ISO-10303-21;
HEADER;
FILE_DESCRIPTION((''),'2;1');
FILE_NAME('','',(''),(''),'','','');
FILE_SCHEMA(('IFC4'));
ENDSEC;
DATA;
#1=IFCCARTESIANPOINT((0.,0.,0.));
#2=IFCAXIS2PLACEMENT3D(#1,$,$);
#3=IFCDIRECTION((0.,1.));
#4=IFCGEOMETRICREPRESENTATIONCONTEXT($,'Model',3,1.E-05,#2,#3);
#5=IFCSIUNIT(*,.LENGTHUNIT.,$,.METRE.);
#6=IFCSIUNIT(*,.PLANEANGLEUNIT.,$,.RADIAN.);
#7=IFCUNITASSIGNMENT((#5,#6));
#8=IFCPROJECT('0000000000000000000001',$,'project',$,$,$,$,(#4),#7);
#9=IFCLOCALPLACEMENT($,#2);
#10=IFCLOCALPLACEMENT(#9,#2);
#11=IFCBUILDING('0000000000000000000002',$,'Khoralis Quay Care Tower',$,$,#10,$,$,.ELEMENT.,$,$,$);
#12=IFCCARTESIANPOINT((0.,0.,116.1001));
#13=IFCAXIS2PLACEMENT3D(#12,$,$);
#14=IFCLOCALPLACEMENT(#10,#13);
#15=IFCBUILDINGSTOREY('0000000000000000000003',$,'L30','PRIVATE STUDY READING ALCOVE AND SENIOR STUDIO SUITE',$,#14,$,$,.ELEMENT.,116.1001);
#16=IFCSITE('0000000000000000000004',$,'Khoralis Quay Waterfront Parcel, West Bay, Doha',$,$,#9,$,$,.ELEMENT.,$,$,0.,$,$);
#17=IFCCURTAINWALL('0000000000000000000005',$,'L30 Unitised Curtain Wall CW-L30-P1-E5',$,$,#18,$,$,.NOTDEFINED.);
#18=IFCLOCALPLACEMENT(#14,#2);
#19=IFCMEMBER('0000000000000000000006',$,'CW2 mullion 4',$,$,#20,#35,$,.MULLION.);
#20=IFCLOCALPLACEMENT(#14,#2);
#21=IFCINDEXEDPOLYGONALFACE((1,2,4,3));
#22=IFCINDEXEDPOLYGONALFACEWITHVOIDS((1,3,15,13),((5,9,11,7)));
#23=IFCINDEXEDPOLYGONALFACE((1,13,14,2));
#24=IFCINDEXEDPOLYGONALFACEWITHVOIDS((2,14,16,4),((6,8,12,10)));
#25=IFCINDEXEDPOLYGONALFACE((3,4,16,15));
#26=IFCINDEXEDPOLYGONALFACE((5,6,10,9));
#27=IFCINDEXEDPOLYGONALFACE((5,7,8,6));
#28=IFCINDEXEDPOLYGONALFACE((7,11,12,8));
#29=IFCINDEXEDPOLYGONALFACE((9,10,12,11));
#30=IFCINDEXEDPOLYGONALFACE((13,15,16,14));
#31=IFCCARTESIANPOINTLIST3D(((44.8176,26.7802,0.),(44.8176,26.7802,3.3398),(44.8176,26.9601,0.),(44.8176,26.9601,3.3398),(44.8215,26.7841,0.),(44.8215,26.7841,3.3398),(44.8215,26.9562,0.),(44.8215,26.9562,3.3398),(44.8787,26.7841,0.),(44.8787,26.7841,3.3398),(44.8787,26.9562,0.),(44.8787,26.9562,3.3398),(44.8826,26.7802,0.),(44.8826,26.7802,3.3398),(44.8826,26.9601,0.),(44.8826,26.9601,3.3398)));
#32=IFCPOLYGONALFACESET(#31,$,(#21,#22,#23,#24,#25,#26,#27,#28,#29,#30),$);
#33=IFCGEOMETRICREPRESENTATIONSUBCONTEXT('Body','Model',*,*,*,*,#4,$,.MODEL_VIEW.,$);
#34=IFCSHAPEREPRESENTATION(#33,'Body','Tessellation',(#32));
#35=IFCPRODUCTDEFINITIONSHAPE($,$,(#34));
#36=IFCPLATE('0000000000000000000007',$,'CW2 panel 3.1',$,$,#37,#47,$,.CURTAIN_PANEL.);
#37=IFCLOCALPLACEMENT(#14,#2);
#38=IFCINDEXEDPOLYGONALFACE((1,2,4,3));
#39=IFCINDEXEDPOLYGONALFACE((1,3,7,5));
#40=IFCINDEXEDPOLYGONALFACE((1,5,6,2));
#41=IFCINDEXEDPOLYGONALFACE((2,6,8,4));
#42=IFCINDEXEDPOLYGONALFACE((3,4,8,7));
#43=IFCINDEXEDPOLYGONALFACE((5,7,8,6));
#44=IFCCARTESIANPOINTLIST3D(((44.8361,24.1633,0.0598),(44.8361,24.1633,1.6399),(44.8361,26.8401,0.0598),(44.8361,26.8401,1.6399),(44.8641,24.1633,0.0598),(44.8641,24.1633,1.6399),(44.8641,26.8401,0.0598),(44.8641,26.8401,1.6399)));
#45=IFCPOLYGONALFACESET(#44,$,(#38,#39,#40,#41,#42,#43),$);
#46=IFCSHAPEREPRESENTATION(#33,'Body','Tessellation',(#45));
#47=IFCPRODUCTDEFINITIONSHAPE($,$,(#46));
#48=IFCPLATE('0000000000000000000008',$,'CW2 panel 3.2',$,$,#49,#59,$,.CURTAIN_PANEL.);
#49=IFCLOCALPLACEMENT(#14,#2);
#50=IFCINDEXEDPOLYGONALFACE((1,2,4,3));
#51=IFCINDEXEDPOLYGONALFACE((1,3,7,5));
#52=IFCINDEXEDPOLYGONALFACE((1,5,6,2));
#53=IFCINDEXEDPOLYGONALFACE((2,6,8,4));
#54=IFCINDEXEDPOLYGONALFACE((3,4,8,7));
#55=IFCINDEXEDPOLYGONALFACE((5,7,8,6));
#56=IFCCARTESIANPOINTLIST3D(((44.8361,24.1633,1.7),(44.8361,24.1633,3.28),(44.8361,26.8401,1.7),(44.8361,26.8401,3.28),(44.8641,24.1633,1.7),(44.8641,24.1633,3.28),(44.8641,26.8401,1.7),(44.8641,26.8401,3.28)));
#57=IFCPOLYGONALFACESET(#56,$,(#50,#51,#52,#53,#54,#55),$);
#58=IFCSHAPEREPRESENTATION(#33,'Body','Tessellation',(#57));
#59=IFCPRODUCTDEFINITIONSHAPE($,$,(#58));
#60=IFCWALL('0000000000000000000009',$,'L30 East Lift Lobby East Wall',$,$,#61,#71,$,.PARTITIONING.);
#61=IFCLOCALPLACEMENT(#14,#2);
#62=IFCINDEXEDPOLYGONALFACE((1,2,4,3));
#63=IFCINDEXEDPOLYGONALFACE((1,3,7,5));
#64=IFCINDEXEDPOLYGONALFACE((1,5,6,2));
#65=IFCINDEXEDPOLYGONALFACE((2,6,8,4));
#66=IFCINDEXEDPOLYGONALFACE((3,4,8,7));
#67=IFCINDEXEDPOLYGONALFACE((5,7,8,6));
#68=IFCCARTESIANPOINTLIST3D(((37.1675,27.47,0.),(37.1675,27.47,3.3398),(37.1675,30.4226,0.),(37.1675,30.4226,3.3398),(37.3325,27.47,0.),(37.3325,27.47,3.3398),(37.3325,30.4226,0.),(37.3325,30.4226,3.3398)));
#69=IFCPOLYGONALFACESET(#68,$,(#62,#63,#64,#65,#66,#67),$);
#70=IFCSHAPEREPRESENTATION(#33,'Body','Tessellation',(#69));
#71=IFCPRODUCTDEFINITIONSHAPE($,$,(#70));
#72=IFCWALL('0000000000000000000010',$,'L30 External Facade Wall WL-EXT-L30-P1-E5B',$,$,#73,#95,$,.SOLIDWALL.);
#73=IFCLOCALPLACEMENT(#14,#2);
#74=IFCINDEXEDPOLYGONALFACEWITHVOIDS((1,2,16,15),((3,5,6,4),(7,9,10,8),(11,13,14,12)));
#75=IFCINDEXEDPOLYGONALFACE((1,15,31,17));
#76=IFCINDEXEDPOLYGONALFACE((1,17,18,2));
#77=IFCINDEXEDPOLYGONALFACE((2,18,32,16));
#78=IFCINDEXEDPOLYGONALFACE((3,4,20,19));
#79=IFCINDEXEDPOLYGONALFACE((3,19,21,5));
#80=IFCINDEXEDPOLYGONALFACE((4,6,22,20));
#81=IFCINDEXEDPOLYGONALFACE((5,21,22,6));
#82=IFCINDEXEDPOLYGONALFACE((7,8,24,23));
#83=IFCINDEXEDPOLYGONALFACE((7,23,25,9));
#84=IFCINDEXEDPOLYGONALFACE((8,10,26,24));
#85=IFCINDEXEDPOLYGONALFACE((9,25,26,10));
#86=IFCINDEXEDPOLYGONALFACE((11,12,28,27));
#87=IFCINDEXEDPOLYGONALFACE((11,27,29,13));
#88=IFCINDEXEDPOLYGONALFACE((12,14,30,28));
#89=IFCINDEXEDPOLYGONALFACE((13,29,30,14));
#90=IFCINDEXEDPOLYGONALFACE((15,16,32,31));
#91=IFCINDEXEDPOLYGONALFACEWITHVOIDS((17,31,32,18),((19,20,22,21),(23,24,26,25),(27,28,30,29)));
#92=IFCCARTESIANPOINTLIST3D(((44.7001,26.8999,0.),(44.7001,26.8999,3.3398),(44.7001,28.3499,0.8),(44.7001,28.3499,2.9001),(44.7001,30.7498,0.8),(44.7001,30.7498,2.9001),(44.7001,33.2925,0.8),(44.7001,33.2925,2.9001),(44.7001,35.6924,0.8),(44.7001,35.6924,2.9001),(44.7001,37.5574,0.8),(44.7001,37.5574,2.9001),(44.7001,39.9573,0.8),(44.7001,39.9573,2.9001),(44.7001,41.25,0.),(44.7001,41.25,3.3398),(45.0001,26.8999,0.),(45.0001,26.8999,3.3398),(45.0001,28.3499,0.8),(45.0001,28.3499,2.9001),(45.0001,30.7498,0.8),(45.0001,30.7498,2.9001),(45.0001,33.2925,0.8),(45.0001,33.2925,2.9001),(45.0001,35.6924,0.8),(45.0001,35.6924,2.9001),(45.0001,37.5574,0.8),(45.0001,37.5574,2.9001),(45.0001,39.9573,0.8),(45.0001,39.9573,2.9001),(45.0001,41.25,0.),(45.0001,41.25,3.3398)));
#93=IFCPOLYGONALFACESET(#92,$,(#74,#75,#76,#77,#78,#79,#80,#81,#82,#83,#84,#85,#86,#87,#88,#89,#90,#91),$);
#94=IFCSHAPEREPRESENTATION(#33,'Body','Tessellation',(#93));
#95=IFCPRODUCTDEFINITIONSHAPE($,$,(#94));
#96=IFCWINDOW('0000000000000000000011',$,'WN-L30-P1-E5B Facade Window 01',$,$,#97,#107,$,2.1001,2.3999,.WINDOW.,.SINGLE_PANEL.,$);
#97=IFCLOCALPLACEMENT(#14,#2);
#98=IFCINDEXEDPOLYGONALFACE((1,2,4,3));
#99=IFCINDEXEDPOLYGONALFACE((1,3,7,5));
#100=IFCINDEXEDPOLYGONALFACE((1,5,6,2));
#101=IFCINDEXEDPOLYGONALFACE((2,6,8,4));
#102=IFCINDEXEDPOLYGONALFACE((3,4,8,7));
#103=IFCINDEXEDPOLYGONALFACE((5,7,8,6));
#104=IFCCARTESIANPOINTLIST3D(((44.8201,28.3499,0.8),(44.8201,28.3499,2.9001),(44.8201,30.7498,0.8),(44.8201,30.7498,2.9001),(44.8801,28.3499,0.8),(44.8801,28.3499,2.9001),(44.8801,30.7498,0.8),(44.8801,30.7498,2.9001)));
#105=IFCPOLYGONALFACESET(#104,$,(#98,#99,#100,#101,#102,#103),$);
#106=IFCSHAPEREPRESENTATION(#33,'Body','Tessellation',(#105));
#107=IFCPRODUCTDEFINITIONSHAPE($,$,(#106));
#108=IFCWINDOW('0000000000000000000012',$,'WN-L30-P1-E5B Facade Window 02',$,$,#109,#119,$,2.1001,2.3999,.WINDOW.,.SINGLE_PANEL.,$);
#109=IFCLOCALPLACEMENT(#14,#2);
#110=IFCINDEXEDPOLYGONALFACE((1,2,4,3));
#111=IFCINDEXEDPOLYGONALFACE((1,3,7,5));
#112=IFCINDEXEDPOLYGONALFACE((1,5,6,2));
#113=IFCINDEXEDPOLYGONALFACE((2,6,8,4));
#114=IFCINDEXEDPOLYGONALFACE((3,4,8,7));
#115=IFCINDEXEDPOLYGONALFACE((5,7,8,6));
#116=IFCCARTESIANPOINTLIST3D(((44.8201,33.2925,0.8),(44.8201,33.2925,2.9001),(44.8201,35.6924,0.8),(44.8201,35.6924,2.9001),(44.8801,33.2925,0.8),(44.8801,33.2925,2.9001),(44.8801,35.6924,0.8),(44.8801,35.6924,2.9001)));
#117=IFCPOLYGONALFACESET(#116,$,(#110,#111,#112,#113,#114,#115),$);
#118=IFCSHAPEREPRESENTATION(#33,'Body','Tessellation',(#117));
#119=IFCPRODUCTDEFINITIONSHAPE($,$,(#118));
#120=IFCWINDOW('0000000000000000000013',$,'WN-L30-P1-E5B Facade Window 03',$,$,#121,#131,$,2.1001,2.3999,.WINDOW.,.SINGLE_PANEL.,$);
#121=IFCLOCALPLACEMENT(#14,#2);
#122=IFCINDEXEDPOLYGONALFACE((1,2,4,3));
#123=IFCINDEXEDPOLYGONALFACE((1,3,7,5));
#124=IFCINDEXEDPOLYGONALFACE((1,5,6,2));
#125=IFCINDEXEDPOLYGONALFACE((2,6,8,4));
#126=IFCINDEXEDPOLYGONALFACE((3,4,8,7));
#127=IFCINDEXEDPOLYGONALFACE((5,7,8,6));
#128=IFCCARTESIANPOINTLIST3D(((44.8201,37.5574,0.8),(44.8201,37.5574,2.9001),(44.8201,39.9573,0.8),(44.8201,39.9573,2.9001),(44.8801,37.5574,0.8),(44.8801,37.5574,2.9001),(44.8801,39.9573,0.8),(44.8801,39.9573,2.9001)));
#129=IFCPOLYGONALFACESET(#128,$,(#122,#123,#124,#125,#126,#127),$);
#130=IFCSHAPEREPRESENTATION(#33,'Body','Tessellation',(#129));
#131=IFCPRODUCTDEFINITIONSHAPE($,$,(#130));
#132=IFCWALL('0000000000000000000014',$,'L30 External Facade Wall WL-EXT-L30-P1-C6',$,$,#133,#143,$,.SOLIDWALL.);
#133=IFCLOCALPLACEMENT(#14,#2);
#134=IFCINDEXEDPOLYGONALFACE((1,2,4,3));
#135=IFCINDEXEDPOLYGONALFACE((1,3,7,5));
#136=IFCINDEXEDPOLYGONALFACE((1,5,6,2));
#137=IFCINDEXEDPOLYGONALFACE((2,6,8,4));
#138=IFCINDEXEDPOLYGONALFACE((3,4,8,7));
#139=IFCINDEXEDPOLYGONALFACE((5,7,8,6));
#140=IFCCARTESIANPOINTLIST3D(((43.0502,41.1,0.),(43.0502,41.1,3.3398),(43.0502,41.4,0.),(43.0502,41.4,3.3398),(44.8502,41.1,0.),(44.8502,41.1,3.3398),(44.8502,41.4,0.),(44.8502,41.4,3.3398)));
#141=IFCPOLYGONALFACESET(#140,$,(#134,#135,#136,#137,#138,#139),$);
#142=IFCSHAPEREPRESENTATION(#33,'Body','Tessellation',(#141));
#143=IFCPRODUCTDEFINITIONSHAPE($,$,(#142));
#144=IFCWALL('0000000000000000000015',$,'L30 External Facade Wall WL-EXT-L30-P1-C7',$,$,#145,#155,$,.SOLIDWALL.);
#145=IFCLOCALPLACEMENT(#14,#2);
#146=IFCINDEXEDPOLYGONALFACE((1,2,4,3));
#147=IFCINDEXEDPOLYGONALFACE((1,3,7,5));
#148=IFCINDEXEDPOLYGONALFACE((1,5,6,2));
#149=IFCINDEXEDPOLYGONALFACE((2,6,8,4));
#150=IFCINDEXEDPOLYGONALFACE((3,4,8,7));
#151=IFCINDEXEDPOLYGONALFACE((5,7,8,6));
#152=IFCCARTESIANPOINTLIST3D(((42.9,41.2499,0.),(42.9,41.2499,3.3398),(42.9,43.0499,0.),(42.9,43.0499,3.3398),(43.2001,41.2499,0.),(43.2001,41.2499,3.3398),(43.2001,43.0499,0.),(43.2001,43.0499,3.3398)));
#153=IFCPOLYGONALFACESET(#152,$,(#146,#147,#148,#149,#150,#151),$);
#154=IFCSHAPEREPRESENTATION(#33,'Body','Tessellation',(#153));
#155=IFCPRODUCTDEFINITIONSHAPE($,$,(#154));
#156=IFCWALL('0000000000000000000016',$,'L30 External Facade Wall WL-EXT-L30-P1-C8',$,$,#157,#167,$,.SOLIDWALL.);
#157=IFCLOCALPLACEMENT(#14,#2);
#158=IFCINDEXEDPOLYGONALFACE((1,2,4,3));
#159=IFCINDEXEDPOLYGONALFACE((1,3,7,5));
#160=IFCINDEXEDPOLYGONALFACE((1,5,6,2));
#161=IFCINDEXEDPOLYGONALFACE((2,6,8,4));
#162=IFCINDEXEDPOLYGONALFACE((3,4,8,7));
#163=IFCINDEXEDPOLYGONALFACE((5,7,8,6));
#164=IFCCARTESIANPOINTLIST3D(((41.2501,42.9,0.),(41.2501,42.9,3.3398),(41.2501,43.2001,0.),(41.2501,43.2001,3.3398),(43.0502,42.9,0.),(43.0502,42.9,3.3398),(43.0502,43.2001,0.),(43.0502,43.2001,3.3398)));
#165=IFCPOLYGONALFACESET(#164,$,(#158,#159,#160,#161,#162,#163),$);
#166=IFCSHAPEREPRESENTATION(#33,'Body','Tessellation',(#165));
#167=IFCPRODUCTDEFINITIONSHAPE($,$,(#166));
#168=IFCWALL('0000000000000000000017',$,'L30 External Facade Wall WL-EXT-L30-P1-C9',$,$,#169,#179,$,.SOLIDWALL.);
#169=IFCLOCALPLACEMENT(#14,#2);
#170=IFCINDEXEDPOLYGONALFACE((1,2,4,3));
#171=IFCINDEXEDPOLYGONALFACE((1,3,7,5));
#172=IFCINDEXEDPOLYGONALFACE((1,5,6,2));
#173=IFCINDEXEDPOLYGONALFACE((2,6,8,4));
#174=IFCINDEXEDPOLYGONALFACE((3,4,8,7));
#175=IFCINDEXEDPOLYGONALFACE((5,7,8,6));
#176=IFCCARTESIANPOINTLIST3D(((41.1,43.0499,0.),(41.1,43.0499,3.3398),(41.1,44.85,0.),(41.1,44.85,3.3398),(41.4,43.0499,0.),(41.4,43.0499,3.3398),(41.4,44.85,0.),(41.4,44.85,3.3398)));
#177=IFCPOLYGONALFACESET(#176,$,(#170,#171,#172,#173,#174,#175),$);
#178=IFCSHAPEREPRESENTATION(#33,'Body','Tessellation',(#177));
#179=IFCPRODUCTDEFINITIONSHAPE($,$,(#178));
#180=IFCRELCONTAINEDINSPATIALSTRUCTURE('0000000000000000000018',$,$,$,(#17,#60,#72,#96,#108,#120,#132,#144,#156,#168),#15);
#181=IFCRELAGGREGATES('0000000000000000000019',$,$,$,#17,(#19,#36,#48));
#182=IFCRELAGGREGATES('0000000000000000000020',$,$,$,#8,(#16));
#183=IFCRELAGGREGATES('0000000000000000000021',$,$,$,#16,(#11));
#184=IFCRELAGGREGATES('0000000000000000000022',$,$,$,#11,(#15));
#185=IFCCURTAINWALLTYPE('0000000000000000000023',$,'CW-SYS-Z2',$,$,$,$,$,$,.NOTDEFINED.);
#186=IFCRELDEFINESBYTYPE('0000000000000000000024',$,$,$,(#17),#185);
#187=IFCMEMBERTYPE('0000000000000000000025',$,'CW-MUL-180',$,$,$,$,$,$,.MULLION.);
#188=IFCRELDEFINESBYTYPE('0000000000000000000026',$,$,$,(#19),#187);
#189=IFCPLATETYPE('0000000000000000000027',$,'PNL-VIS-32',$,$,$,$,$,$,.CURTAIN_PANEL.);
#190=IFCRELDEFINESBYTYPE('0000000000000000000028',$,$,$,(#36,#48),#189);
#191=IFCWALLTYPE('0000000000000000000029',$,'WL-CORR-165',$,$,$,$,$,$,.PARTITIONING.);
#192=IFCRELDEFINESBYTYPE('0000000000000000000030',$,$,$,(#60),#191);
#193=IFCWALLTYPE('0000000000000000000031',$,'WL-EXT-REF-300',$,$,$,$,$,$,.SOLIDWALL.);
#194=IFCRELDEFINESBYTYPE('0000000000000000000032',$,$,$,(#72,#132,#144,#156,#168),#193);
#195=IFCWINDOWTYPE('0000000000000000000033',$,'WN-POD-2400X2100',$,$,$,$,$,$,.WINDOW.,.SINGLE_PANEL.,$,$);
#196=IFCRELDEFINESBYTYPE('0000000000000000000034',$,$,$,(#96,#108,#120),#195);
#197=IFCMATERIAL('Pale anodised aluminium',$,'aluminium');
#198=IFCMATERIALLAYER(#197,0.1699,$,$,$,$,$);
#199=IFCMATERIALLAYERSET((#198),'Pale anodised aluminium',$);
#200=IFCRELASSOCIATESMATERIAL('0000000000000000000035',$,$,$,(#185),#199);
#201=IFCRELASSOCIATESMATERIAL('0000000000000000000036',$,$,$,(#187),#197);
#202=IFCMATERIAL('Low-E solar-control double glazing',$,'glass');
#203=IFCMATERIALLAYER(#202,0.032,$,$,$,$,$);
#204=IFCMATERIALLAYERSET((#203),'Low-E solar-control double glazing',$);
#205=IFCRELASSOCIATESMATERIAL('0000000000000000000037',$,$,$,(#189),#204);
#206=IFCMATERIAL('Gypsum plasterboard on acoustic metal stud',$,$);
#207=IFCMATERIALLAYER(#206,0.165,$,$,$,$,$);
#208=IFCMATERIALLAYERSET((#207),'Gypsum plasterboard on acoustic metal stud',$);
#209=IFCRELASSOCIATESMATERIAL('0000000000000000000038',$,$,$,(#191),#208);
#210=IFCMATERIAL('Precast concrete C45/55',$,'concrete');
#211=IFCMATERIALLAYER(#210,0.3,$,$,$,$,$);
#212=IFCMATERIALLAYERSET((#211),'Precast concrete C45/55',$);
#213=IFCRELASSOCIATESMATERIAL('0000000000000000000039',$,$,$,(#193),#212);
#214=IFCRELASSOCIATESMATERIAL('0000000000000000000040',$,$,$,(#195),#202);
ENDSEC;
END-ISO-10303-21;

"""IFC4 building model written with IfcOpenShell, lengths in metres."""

from ifc_helpers import new_model, si_unit, direction, frame, frame_2d, origin, origin_2d, place, context, subcontext, project, spatial, rectangle, hollow_rectangle, extrude, source, transform, mapped, material, layer, layer_set, material_profile, profile_set, type_object, element, fill, aggregate, save


model = new_model("IFC4")

# Units and contexts
model_context = context("Model", 3, precision=1e-05, world=origin(), true_north=direction((0.0, 1.0)))
body_context = subcontext(model_context, "Body", "Model", "MODEL_VIEW")
ifc_project = project(units=[si_unit("LENGTHUNIT", "METRE"), si_unit("PLANEANGLEUNIT", "RADIAN")], contexts=[model_context])

# Site, building, storey
site_placement = place(None, origin())
site = spatial("IfcSite", under=ifc_project, at=site_placement, Name="Khoralis Quay Waterfront Parcel, West Bay, Doha", CompositionType="ELEMENT", RefElevation=0.0)
building_placement = place(site_placement, origin())
building = spatial("IfcBuilding", under=site, at=building_placement, Name="Khoralis Quay Care Tower", CompositionType="ELEMENT")
storey_placement = place(building_placement, frame((0.0, 0.0, 116.1001)))
storey = spatial("IfcBuildingStorey", under=building, at=storey_placement, Name="L30", Description="PRIVATE STUDY READING ALCOVE AND SENIOR STUDIO SUITE", CompositionType="ELEMENT", Elevation=116.1001)

# Curtain wall, member, plates
ifc_material_1 = material(Name="Pale anodised aluminium", Category="aluminium")
ifc_layer_1 = layer(ifc_material_1, 0.1699)
ifc_layer_set_1 = layer_set([ifc_layer_1], Name="Pale anodised aluminium")
curtain_wall_type = type_object("IfcCurtainWallType", Name="CW-SYS-Z2", PredefinedType="NOTDEFINED", material=ifc_layer_set_1)
curtain_wall_placement = place(storey_placement, origin())
curtain_wall = element("IfcCurtainWall", 1, at=curtain_wall_placement, inside=storey, type_object=curtain_wall_type, Name="L30 Unitised Curtain Wall CW-L30-P1-E5", PredefinedType="NOTDEFINED")
ifc_material_profile_1 = material_profile(ifc_material_1, hollow_rectangle(XDim=0.0649, YDim=0.1799, WallThickness=0.0039, at=origin_2d()), Name="Pale anodised aluminium")
ifc_profile_set_1 = profile_set([ifc_material_profile_1], Name="Pale anodised aluminium")
member_type = type_object("IfcMemberType", Name="CW-MUL-180", PredefinedType="MULLION", material=ifc_profile_set_1)
shared_shape_1 = source(origin(), body_context, "Body", "SweptSolid", [
    extrude(hollow_rectangle(XDim=0.0649, YDim=0.1799, WallThickness=0.0039, at=origin_2d()), origin(), (0.0, 0.0, 1.0), 3.3398),
])
member_placement = place(storey_placement, frame((44.8501, 26.8701, 0.0), z_axis=(0.0, 0.0, 1.0), x_axis=(-1.0, 0.0, 0.0)))
member = element("IfcMember", 2, at=member_placement, type_object=member_type, Name="CW2 mullion 4", PredefinedType="MULLION", context=body_context, shape_type="MappedRepresentation", body=[
    mapped(shared_shape_1, transform((0.0, 0.0, 0.0), scale=1.0)),
])
ifc_material_2 = material(Name="Low-E solar-control double glazing", Category="glass")
ifc_layer_2 = layer(ifc_material_2, 0.032)
ifc_layer_set_2 = layer_set([ifc_layer_2], Name="Low-E solar-control double glazing")
plate_type = type_object("IfcPlateType", Name="PNL-VIS-32", PredefinedType="CURTAIN_PANEL", material=ifc_layer_set_2)
shared_shape_2 = source(origin(), body_context, "Body", "SweptSolid", [
    extrude(rectangle(XDim=2.6768, YDim=0.0281, at=origin_2d()), origin(), (0.0, 0.0, 1.0), 1.5801),
])
plate_1_placement = place(storey_placement, frame((44.8501, 25.5017, 0.0598), z_axis=(0.0, 0.0, 1.0), x_axis=(0.0, 1.0, 0.0)))
plate_1 = element("IfcPlate", 3, at=plate_1_placement, type_object=plate_type, Name="CW2 panel 3.1", PredefinedType="CURTAIN_PANEL", context=body_context, shape_type="MappedRepresentation", body=[
    mapped(shared_shape_2, transform((0.0, 0.0, 0.0), scale=1.0)),
])
plate_2_placement = place(storey_placement, frame((44.8501, 25.5017, 1.7), z_axis=(0.0, 0.0, 1.0), x_axis=(0.0, 1.0, 0.0)))
plate_2 = element("IfcPlate", 4, at=plate_2_placement, type_object=plate_type, Name="CW2 panel 3.2", PredefinedType="CURTAIN_PANEL", context=body_context, shape_type="MappedRepresentation", body=[
    mapped(shared_shape_2, transform((0.0, 0.0, 0.0), scale=1.0)),
])
aggregate(curtain_wall, [member, plate_1, plate_2])

# Wall
ifc_material_3 = material(Name="Gypsum plasterboard on acoustic metal stud")
ifc_layer_3 = layer(ifc_material_3, 0.165)
ifc_layer_set_3 = layer_set([ifc_layer_3], Name="Gypsum plasterboard on acoustic metal stud")
wall_type_1 = type_object("IfcWallType", Name="WL-CORR-165", PredefinedType="PARTITIONING", material=ifc_layer_set_3)
wall_1_placement = place(storey_placement, frame((37.25, 27.47, 0.0), z_axis=(0.0, 0.0, 1.0), x_axis=(0.0, 1.0, 0.0)))
element("IfcWall", 5, at=wall_1_placement, inside=storey, type_object=wall_type_1, Name="L30 East Lift Lobby East Wall", PredefinedType="PARTITIONING", context=body_context, shape_type="SweptSolid", body=[
    extrude(rectangle(XDim=2.9526, YDim=0.165, at=frame_2d((1.4763, 0.0))), origin(), (0.0, 0.0, 1.0), 3.3398),
])

# Wall, openings, windows
ifc_material_4 = material(Name="Precast concrete C45/55", Category="concrete")
ifc_layer_4 = layer(ifc_material_4, 0.3)
ifc_layer_set_4 = layer_set([ifc_layer_4], Name="Precast concrete C45/55")
wall_type_2 = type_object("IfcWallType", Name="WL-EXT-REF-300", PredefinedType="SOLIDWALL", material=ifc_layer_set_4)
wall_2_placement = place(storey_placement, frame((44.8501, 26.8999, 0.0), z_axis=(0.0, 0.0, 1.0), x_axis=(0.0, 1.0, 0.0)))
wall_2 = element("IfcWall", 6, at=wall_2_placement, inside=storey, type_object=wall_type_2, Name="L30 External Facade Wall WL-EXT-L30-P1-E5B", PredefinedType="SOLIDWALL", context=body_context, shape_type="SweptSolid", body=[
    extrude(rectangle(XDim=14.3501, YDim=0.3, at=frame_2d((7.175, 0.0))), origin(), (0.0, 0.0, 1.0), 3.3398),
])
opening_1_placement = place(wall_2_placement, frame((1.45, 0.0, 0.8)))
opening_1 = element("IfcOpeningElement", 7, at=opening_1_placement, cuts=wall_2, PredefinedType="OPENING", context=body_context, shape_type="SweptSolid", body=[
    extrude(rectangle(XDim=2.3999, YDim=2.1001, at=frame_2d((1.2, 1.05))), frame((0.0, 0.1602, 0.0), z_axis=(0.0, -1.0, 0.0), x_axis=(1.0, 0.0, 0.0)), (0.0, 0.0, 1.0), 0.3201),
])
opening_2_placement = place(wall_2_placement, frame((6.3926, 0.0, 0.8)))
opening_2 = element("IfcOpeningElement", 8, at=opening_2_placement, cuts=wall_2, PredefinedType="OPENING", context=body_context, shape_type="SweptSolid", body=[
    extrude(rectangle(XDim=2.3999, YDim=2.1001, at=frame_2d((1.2, 1.05))), frame((0.0, 0.1602, 0.0), z_axis=(0.0, -1.0, 0.0), x_axis=(1.0, 0.0, 0.0)), (0.0, 0.0, 1.0), 0.3201),
])
opening_3_placement = place(wall_2_placement, frame((10.6575, 0.0, 0.8)))
opening_3 = element("IfcOpeningElement", 9, at=opening_3_placement, cuts=wall_2, PredefinedType="OPENING", context=body_context, shape_type="SweptSolid", body=[
    extrude(rectangle(XDim=2.3999, YDim=2.1001, at=frame_2d((1.2, 1.05))), frame((0.0, 0.1602, 0.0), z_axis=(0.0, -1.0, 0.0), x_axis=(1.0, 0.0, 0.0)), (0.0, 0.0, 1.0), 0.3201),
])
window_type = type_object("IfcWindowType", Name="WN-POD-2400X2100", PartitioningType="SINGLE_PANEL", PredefinedType="WINDOW", material=ifc_material_2)
shared_shape_3 = source(origin(), body_context, "Body", "SweptSolid", [
    extrude(rectangle(XDim=2.3999, YDim=2.1001, at=frame_2d((1.2, 1.05))), frame((0.0, 0.03, 0.0), z_axis=(0.0, -1.0, 0.0), x_axis=(1.0, 0.0, 0.0)), (0.0, 0.0, 1.0), 0.0601),
])
window_1_placement = place(opening_1_placement, origin())
window_1 = element("IfcWindow", 10, at=window_1_placement, inside=storey, type_object=window_type, Name="WN-L30-P1-E5B Facade Window 01", OverallHeight=2.1001, OverallWidth=2.3999, PartitioningType="SINGLE_PANEL", PredefinedType="WINDOW", context=body_context, shape_type="MappedRepresentation", body=[
    mapped(shared_shape_3, transform((0.0, 0.0, 0.0), scale=1.0)),
])
fill(opening_1, window_1)
window_2_placement = place(opening_2_placement, origin())
window_2 = element("IfcWindow", 11, at=window_2_placement, inside=storey, type_object=window_type, Name="WN-L30-P1-E5B Facade Window 02", OverallHeight=2.1001, OverallWidth=2.3999, PartitioningType="SINGLE_PANEL", PredefinedType="WINDOW", context=body_context, shape_type="MappedRepresentation", body=[
    mapped(shared_shape_3, transform((0.0, 0.0, 0.0), scale=1.0)),
])
fill(opening_2, window_2)
window_3_placement = place(opening_3_placement, origin())
window_3 = element("IfcWindow", 12, at=window_3_placement, inside=storey, type_object=window_type, Name="WN-L30-P1-E5B Facade Window 03", OverallHeight=2.1001, OverallWidth=2.3999, PartitioningType="SINGLE_PANEL", PredefinedType="WINDOW", context=body_context, shape_type="MappedRepresentation", body=[
    mapped(shared_shape_3, transform((0.0, 0.0, 0.0), scale=1.0)),
])
fill(opening_3, window_3)

# Walls
for number, where, z_axis, x_axis, name in (
    (13, (44.8501, 41.25, 0.0), (0.0, 0.0, 1.0), (-1.0, 0.0, 0.0), "L30 External Facade Wall WL-EXT-L30-P1-C6"),
    (14, (43.05, 41.25, 0.0), (0.0, 0.0, 1.0), (0.0, 1.0, 0.0), "L30 External Facade Wall WL-EXT-L30-P1-C7"),
    (15, (43.05, 43.05, 0.0), (0.0, 0.0, 1.0), (-1.0, 0.0, 0.0), "L30 External Facade Wall WL-EXT-L30-P1-C8"),
    (16, (41.25, 43.05, 0.0), (0.0, 0.0, 1.0), (0.0, 1.0, 0.0), "L30 External Facade Wall WL-EXT-L30-P1-C9"),
):
    element("IfcWall", number, at=place(storey_placement, frame(where, z_axis=z_axis, x_axis=x_axis)), inside=storey, type_object=wall_type_2, Name=name, PredefinedType="SOLIDWALL", context=body_context, shape_type="SweptSolid", body=[
        extrude(rectangle(XDim=1.8, YDim=0.3, at=frame_2d((0.8999, 0.0))), origin(), (0.0, 0.0, 1.0), 3.3398),
    ])

save(model, "model.ifc")
